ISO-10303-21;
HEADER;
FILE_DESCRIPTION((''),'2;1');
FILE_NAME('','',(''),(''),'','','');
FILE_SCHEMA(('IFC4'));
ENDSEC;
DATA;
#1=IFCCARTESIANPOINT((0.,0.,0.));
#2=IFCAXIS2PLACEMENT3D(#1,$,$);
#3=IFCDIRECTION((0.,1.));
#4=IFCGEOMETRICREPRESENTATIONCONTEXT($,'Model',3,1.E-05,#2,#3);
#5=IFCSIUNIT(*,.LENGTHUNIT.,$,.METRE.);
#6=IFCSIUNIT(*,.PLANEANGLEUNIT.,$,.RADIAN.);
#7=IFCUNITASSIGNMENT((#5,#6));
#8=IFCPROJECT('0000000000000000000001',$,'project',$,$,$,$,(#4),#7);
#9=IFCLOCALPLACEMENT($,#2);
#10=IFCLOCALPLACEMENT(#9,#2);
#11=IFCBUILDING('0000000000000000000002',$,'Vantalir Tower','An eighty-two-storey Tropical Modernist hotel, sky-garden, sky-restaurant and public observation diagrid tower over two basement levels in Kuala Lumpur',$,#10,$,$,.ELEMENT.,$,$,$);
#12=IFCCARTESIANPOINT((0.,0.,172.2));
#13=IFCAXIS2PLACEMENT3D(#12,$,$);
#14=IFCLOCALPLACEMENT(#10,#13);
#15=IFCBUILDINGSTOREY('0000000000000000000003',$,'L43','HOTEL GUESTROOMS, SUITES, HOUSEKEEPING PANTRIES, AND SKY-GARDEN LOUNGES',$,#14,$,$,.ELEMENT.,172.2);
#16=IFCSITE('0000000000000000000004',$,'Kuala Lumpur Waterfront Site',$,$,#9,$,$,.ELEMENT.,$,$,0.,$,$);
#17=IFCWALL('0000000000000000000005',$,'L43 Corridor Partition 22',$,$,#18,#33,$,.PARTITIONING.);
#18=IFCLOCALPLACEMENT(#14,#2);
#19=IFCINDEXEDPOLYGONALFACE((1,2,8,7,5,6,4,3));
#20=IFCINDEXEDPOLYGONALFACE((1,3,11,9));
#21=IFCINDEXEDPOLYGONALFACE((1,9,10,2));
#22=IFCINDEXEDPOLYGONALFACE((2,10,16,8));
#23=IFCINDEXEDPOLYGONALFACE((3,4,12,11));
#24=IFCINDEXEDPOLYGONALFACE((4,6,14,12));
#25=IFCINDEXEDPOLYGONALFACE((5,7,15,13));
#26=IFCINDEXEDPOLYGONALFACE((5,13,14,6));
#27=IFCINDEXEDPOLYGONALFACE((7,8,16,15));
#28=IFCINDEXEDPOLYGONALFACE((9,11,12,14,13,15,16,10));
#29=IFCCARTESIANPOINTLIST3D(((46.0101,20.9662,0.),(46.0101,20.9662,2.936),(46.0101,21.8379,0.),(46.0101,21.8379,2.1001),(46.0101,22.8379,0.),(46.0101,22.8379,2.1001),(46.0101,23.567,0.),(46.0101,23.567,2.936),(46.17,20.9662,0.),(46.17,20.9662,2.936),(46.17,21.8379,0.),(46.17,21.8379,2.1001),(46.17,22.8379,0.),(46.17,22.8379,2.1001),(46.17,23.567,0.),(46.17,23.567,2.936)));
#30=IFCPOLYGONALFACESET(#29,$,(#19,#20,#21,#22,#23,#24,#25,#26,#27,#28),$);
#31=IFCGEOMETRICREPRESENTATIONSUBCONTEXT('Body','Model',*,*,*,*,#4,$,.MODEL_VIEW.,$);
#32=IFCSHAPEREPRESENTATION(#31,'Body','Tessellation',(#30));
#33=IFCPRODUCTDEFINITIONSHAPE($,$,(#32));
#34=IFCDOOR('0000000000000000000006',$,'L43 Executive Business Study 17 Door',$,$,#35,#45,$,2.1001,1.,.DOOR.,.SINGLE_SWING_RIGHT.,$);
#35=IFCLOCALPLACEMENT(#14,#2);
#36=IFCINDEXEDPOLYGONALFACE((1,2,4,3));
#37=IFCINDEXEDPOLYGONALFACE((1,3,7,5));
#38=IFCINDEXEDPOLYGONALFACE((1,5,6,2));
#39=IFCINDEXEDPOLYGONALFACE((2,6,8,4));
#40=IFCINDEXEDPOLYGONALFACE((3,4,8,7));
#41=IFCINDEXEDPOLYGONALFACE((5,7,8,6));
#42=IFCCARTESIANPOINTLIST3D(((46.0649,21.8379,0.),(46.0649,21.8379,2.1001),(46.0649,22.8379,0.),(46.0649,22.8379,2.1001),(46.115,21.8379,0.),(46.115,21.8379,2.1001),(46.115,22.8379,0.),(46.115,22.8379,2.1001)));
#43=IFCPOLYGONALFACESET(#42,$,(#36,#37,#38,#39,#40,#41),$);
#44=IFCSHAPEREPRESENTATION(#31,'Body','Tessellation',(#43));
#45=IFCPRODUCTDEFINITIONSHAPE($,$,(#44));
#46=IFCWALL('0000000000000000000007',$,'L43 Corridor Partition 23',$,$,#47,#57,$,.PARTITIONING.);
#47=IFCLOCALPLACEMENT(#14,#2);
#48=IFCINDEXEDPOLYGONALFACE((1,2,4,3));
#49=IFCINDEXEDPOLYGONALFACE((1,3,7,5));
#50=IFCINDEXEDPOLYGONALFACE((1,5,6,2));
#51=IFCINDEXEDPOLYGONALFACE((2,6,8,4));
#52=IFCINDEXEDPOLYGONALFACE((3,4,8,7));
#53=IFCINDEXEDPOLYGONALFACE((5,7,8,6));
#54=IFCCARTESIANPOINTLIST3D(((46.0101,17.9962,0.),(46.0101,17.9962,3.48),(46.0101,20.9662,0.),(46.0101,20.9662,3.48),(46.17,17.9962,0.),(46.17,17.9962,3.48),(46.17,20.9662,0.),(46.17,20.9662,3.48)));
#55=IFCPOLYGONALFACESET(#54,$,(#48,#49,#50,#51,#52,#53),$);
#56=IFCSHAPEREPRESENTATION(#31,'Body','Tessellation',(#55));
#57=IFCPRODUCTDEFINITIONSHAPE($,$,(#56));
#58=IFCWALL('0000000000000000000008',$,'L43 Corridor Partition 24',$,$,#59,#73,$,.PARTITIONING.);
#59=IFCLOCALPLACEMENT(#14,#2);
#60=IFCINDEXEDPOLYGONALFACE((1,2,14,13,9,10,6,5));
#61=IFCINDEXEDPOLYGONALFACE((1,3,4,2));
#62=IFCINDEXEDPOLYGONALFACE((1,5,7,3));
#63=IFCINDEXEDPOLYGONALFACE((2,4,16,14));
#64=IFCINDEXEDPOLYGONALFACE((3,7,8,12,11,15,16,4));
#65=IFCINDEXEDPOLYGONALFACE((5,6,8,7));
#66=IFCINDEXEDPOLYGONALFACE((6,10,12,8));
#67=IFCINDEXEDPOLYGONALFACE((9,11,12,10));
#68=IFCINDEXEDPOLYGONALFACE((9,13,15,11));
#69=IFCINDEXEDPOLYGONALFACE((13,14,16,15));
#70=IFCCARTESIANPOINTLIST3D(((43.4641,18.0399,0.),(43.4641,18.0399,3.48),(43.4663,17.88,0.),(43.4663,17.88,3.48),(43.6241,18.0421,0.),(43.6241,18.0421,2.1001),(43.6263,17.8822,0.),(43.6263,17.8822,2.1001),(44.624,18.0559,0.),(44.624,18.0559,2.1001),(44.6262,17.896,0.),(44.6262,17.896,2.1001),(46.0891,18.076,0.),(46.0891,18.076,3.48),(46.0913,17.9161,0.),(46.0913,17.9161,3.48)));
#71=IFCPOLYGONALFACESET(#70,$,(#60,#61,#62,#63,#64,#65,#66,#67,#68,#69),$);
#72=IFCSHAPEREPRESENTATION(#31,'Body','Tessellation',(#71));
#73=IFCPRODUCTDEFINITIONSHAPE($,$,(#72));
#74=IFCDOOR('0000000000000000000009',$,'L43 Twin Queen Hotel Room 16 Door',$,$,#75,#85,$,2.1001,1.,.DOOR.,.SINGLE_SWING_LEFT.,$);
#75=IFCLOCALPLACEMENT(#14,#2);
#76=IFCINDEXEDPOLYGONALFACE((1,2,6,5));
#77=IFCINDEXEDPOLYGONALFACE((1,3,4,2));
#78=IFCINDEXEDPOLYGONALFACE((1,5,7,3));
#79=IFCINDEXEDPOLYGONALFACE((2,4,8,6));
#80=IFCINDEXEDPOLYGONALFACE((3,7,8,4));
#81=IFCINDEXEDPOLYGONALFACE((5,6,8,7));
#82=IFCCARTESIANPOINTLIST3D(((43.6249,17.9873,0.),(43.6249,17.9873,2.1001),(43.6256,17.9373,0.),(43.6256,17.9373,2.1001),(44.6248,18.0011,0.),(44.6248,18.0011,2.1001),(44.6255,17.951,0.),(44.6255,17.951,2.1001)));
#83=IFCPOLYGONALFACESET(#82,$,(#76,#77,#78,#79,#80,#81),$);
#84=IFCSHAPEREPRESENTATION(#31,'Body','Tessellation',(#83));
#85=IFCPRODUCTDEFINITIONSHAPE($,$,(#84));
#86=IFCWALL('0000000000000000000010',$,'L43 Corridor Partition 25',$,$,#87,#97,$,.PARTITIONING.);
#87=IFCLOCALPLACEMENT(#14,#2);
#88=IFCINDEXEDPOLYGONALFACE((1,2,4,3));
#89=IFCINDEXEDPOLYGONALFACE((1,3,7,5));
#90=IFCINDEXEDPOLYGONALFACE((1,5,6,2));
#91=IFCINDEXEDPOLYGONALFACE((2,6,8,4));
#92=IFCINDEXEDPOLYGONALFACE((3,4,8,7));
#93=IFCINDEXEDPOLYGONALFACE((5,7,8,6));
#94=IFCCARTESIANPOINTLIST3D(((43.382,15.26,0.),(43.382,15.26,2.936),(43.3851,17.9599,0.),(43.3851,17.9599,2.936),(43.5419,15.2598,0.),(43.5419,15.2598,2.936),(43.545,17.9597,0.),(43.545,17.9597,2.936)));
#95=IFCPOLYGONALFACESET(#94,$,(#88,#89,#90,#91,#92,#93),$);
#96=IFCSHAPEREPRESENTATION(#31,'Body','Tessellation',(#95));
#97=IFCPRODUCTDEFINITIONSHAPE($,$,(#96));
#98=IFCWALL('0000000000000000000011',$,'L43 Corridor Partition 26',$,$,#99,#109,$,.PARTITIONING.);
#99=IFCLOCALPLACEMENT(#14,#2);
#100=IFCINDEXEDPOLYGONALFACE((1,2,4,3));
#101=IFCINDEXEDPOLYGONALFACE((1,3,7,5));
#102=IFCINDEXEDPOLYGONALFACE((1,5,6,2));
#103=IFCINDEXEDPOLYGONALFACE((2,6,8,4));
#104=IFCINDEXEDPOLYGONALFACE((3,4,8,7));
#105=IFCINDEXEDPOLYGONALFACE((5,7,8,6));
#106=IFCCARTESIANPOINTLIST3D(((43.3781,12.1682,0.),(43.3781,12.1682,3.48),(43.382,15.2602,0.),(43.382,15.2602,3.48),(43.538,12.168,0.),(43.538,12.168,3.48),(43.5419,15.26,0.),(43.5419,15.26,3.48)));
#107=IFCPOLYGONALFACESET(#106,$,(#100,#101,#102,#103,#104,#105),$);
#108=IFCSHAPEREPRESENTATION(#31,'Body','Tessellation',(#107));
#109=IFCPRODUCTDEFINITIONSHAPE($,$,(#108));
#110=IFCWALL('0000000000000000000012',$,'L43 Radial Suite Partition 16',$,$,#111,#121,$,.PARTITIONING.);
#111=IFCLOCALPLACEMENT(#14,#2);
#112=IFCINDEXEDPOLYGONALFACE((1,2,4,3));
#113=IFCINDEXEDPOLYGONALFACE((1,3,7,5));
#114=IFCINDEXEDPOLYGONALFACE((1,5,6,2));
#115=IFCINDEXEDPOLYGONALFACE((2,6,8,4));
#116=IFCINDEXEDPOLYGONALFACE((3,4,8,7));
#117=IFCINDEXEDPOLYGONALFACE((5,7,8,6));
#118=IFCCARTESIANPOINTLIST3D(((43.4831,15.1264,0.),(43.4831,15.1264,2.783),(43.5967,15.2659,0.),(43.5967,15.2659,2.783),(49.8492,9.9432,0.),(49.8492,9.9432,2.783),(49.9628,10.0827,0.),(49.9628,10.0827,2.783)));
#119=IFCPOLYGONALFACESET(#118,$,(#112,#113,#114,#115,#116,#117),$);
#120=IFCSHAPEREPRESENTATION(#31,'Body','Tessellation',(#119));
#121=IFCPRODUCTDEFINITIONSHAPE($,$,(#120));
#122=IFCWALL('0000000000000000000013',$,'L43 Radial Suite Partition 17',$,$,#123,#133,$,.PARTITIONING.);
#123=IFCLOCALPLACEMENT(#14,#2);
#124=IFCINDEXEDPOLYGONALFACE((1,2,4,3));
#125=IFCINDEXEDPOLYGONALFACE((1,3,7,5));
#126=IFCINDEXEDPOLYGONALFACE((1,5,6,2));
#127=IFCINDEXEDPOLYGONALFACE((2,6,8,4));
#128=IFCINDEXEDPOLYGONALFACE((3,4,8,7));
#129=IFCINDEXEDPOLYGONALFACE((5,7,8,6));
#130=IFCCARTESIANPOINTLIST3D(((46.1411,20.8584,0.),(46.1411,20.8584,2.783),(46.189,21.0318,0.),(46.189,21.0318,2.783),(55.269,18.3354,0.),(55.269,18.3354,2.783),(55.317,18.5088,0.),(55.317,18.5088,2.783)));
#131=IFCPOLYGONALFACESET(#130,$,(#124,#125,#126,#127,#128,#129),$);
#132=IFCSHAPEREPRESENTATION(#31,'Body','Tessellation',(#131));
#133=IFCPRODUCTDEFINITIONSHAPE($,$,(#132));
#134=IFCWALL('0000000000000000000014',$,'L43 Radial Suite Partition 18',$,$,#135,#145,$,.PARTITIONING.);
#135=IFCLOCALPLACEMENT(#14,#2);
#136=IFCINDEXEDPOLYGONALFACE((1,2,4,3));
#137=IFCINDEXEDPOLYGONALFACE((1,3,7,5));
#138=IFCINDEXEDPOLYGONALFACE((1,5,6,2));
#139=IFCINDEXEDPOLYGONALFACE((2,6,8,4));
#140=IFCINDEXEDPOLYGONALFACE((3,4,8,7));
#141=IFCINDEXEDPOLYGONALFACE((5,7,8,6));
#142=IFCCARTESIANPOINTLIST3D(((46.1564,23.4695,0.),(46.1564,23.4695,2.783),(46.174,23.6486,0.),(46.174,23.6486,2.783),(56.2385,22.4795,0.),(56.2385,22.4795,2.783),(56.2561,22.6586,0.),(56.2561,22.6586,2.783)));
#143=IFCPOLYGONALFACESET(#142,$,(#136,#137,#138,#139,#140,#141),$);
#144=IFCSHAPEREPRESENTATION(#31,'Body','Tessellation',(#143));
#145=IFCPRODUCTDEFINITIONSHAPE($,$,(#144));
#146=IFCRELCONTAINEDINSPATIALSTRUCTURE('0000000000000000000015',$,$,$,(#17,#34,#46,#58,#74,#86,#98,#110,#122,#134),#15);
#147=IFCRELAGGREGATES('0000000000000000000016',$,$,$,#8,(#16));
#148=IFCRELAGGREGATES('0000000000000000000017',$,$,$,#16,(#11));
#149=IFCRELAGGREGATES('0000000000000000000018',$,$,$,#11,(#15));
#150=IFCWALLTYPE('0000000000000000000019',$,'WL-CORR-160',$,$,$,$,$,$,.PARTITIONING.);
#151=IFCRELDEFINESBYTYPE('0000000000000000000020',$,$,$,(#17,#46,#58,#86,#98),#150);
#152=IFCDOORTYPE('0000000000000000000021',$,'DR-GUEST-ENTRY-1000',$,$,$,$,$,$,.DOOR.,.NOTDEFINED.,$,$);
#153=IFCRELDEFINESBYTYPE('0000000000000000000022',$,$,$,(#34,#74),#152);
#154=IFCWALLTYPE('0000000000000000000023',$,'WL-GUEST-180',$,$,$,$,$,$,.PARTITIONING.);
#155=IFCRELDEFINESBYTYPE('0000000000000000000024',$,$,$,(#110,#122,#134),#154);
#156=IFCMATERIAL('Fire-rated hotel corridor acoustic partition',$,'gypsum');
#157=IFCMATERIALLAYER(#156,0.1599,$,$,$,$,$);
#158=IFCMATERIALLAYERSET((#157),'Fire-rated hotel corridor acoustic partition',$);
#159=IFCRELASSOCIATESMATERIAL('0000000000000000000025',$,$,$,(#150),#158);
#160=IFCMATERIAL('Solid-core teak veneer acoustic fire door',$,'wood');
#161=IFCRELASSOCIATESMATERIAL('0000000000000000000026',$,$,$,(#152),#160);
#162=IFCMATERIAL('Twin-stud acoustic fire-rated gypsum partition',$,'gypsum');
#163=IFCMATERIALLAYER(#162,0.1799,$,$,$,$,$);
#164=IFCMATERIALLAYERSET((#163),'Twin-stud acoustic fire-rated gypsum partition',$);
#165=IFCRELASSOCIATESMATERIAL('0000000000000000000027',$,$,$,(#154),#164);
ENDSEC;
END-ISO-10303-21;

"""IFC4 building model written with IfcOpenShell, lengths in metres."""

from ifc_helpers import new_model, si_unit, direction, frame, frame_2d, origin, place, context, subcontext, project, spatial, rectangle, extrude, material, layer, layer_set, type_object, element, fill, save


model = new_model("IFC4")

# Units and contexts
model_context = context("Model", 3, precision=1e-05, world=origin(), true_north=direction((0.0, 1.0)))
body_context = subcontext(model_context, "Body", "Model", "MODEL_VIEW")
ifc_project = project(units=[si_unit("LENGTHUNIT", "METRE"), si_unit("PLANEANGLEUNIT", "RADIAN")], contexts=[model_context])

# Site, building, storey
site_placement = place(None, origin())
site = spatial("IfcSite", under=ifc_project, at=site_placement, Name="Kuala Lumpur Waterfront Site", CompositionType="ELEMENT", RefElevation=0.0)
building_placement = place(site_placement, origin())
building = spatial("IfcBuilding", under=site, at=building_placement, Name="Vantalir Tower", Description="An eighty-two-storey Tropical Modernist hotel, sky-garden, sky-restaurant and public observation diagrid tower over two basement levels in Kuala Lumpur", CompositionType="ELEMENT")
storey_placement = place(building_placement, frame((0.0, 0.0, 172.2)))
storey = spatial("IfcBuildingStorey", under=building, at=storey_placement, Name="L43", Description="HOTEL GUESTROOMS, SUITES, HOUSEKEEPING PANTRIES, AND SKY-GARDEN LOUNGES", CompositionType="ELEMENT", Elevation=172.2)

# Wall, opening, door
ifc_material_1 = material(Name="Fire-rated hotel corridor acoustic partition", Category="gypsum")
ifc_layer_1 = layer(ifc_material_1, 0.1599)
ifc_layer_set_1 = layer_set([ifc_layer_1], Name="Fire-rated hotel corridor acoustic partition")
wall_type_1 = type_object("IfcWallType", Name="WL-CORR-160", PredefinedType="PARTITIONING", material=ifc_layer_set_1)
wall_1_placement = place(storey_placement, frame((46.0901, 23.5669, 0.0), z_axis=(0.0, 0.0, 1.0), x_axis=(0.0, -1.0, 0.0)))
wall_1 = element("IfcWall", 1, at=wall_1_placement, inside=storey, type_object=wall_type_1, Name="L43 Corridor Partition 22", PredefinedType="PARTITIONING", context=body_context, shape_type="SweptSolid", body=[
    extrude(rectangle(XDim=2.6008, YDim=0.1599, at=frame_2d((1.3003, 0.0))), origin(), (0.0, 0.0, 1.0), 2.936),
])
opening_1_placement = place(wall_1_placement, frame((0.729, 0.0, 0.0)))
opening_1 = element("IfcOpeningElement", 2, at=opening_1_placement, cuts=wall_1, PredefinedType="OPENING", context=body_context, shape_type="SweptSolid", body=[
    extrude(rectangle(XDim=1.0, YDim=2.1001, at=frame_2d((0.5, 1.05))), frame((0.0, 0.0898, 0.0), z_axis=(0.0, -1.0, 0.0), x_axis=(1.0, 0.0, 0.0)), (0.0, 0.0, 1.0), 0.1799),
])
ifc_material_2 = material(Name="Solid-core teak veneer acoustic fire door", Category="wood")
door_type_1 = type_object("IfcDoorType", Name="DR-GUEST-ENTRY-1000", OperationType="NOTDEFINED", PredefinedType="DOOR", material=ifc_material_2)
door_1_placement = place(opening_1_placement, origin())
door_1 = element("IfcDoor", 3, at=door_1_placement, inside=storey, type_object=door_type_1, Name="L43 Executive Business Study 17 Door", OperationType="SINGLE_SWING_RIGHT", OverallHeight=2.1001, OverallWidth=1.0, PredefinedType="DOOR", context=body_context, shape_type="SweptSolid", body=[
    extrude(rectangle(XDim=1.0, YDim=2.1001, at=frame_2d((0.5, 1.05))), frame((0.0, 0.0249, 0.0), z_axis=(0.0, -1.0, 0.0), x_axis=(1.0, 0.0, 0.0)), (0.0, 0.0, 1.0), 0.05),
])
fill(opening_1, door_1)

# Wall
wall_2_placement = place(storey_placement, frame((46.0901, 20.9661, 0.0), z_axis=(0.0, 0.0, 1.0), x_axis=(0.0, -1.0, 0.0)))
element("IfcWall", 4, at=wall_2_placement, inside=storey, type_object=wall_type_1, Name="L43 Corridor Partition 23", PredefinedType="PARTITIONING", context=body_context, shape_type="SweptSolid", body=[
    extrude(rectangle(XDim=2.97, YDim=0.1599, at=frame_2d((1.4849, 0.0))), origin(), (0.0, 0.0, 1.0), 3.48),
])

# Wall, opening, door
wall_3_placement = place(storey_placement, frame((46.0901, 17.9961, 0.0), z_axis=(0.0, 0.0, 1.0), x_axis=(-0.999905, -0.013764, 0.0)))
wall_3 = element("IfcWall", 5, at=wall_3_placement, inside=storey, type_object=wall_type_1, Name="L43 Corridor Partition 24", PredefinedType="PARTITIONING", context=body_context, shape_type="SweptSolid", body=[
    extrude(rectangle(XDim=2.6252, YDim=0.1599, at=frame_2d((1.3125, 0.0))), origin(), (0.0, 0.0, 1.0), 3.48),
])
opening_2_placement = place(wall_3_placement, frame((1.4651, 0.0, 0.0)))
opening_2 = element("IfcOpeningElement", 6, at=opening_2_placement, cuts=wall_3, PredefinedType="OPENING", context=body_context, shape_type="SweptSolid", body=[
    extrude(rectangle(XDim=1.0, YDim=2.1001, at=frame_2d((0.5, 1.05))), frame((0.0, 0.0898, 0.0), z_axis=(0.0, -1.0, 0.0), x_axis=(1.0, 0.0, 0.0)), (0.0, 0.0, 1.0), 0.1799),
])
door_2_placement = place(opening_2_placement, origin())
door_2 = element("IfcDoor", 7, at=door_2_placement, inside=storey, type_object=door_type_1, Name="L43 Twin Queen Hotel Room 16 Door", OperationType="SINGLE_SWING_LEFT", OverallHeight=2.1001, OverallWidth=1.0, PredefinedType="DOOR", context=body_context, shape_type="SweptSolid", body=[
    extrude(rectangle(XDim=1.0, YDim=2.1001, at=frame_2d((0.5, 1.05))), frame((0.0, 0.0249, 0.0), z_axis=(0.0, -1.0, 0.0), x_axis=(1.0, 0.0, 0.0)), (0.0, 0.0, 1.0), 0.05),
])
fill(opening_2, door_2)

# Walls
wall_4_placement = place(storey_placement, frame((43.4651, 17.96, 0.0), z_axis=(0.0, 0.0, 1.0), x_axis=(-0.001176, -0.999999, 0.0)))
element("IfcWall", 8, at=wall_4_placement, inside=storey, type_object=wall_type_1, Name="L43 Corridor Partition 25", PredefinedType="PARTITIONING", context=body_context, shape_type="SweptSolid", body=[
    extrude(rectangle(XDim=2.7, YDim=0.1599, at=frame_2d((1.3501, 0.0))), origin(), (0.0, 0.0, 1.0), 2.936),
])
wall_5_placement = place(storey_placement, frame((43.4619, 15.26, 0.0), z_axis=(0.0, 0.0, 1.0), x_axis=(-0.001263, -0.999999, 0.0)))
element("IfcWall", 9, at=wall_5_placement, inside=storey, type_object=wall_type_1, Name="L43 Corridor Partition 26", PredefinedType="PARTITIONING", context=body_context, shape_type="SweptSolid", body=[
    extrude(rectangle(XDim=3.092, YDim=0.1599, at=frame_2d((1.5459, 0.0))), origin(), (0.0, 0.0, 1.0), 3.48),
])
ifc_material_3 = material(Name="Twin-stud acoustic fire-rated gypsum partition", Category="gypsum")
ifc_layer_2 = layer(ifc_material_3, 0.1799)
ifc_layer_set_2 = layer_set([ifc_layer_2], Name="Twin-stud acoustic fire-rated gypsum partition")
wall_type_2 = type_object("IfcWallType", Name="WL-GUEST-180", PredefinedType="PARTITIONING", material=ifc_layer_set_2)
wall_6_placement = place(storey_placement, frame((43.54, 15.196, 0.0), z_axis=(0.0, 0.0, 1.0), x_axis=(0.775472, -0.631382, 0.0)))
element("IfcWall", 10, at=wall_6_placement, inside=storey, type_object=wall_type_2, Name="L43 Radial Suite Partition 16", PredefinedType="PARTITIONING", context=body_context, shape_type="SweptSolid", body=[
    extrude(rectangle(XDim=8.2092, YDim=0.1799, at=frame_2d((4.1045, 0.0))), origin(), (0.0, 0.0, 1.0), 2.783),
])
wall_7_placement = place(storey_placement, frame((46.165, 20.9451, 0.0), z_axis=(0.0, 0.0, 1.0), x_axis=(0.96386, -0.26641, 0.0)))
element("IfcWall", 11, at=wall_7_placement, inside=storey, type_object=wall_type_2, Name="L43 Radial Suite Partition 17", PredefinedType="PARTITIONING", context=body_context, shape_type="SweptSolid", body=[
    extrude(rectangle(XDim=9.4702, YDim=0.1799, at=frame_2d((4.7351, 0.0))), origin(), (0.0, 0.0, 1.0), 2.783),
])
wall_8_placement = place(storey_placement, frame((46.165, 23.5591, 0.0), z_axis=(0.0, 0.0, 1.0), x_axis=(0.995214, -0.097724, 0.0)))
element("IfcWall", 12, at=wall_8_placement, inside=storey, type_object=wall_type_2, Name="L43 Radial Suite Partition 18", PredefinedType="PARTITIONING", context=body_context, shape_type="SweptSolid", body=[
    extrude(rectangle(XDim=10.1306, YDim=0.1799, at=frame_2d((5.0654, 0.0))), origin(), (0.0, 0.0, 1.0), 2.783),
])

save(model, "model.ifc")
